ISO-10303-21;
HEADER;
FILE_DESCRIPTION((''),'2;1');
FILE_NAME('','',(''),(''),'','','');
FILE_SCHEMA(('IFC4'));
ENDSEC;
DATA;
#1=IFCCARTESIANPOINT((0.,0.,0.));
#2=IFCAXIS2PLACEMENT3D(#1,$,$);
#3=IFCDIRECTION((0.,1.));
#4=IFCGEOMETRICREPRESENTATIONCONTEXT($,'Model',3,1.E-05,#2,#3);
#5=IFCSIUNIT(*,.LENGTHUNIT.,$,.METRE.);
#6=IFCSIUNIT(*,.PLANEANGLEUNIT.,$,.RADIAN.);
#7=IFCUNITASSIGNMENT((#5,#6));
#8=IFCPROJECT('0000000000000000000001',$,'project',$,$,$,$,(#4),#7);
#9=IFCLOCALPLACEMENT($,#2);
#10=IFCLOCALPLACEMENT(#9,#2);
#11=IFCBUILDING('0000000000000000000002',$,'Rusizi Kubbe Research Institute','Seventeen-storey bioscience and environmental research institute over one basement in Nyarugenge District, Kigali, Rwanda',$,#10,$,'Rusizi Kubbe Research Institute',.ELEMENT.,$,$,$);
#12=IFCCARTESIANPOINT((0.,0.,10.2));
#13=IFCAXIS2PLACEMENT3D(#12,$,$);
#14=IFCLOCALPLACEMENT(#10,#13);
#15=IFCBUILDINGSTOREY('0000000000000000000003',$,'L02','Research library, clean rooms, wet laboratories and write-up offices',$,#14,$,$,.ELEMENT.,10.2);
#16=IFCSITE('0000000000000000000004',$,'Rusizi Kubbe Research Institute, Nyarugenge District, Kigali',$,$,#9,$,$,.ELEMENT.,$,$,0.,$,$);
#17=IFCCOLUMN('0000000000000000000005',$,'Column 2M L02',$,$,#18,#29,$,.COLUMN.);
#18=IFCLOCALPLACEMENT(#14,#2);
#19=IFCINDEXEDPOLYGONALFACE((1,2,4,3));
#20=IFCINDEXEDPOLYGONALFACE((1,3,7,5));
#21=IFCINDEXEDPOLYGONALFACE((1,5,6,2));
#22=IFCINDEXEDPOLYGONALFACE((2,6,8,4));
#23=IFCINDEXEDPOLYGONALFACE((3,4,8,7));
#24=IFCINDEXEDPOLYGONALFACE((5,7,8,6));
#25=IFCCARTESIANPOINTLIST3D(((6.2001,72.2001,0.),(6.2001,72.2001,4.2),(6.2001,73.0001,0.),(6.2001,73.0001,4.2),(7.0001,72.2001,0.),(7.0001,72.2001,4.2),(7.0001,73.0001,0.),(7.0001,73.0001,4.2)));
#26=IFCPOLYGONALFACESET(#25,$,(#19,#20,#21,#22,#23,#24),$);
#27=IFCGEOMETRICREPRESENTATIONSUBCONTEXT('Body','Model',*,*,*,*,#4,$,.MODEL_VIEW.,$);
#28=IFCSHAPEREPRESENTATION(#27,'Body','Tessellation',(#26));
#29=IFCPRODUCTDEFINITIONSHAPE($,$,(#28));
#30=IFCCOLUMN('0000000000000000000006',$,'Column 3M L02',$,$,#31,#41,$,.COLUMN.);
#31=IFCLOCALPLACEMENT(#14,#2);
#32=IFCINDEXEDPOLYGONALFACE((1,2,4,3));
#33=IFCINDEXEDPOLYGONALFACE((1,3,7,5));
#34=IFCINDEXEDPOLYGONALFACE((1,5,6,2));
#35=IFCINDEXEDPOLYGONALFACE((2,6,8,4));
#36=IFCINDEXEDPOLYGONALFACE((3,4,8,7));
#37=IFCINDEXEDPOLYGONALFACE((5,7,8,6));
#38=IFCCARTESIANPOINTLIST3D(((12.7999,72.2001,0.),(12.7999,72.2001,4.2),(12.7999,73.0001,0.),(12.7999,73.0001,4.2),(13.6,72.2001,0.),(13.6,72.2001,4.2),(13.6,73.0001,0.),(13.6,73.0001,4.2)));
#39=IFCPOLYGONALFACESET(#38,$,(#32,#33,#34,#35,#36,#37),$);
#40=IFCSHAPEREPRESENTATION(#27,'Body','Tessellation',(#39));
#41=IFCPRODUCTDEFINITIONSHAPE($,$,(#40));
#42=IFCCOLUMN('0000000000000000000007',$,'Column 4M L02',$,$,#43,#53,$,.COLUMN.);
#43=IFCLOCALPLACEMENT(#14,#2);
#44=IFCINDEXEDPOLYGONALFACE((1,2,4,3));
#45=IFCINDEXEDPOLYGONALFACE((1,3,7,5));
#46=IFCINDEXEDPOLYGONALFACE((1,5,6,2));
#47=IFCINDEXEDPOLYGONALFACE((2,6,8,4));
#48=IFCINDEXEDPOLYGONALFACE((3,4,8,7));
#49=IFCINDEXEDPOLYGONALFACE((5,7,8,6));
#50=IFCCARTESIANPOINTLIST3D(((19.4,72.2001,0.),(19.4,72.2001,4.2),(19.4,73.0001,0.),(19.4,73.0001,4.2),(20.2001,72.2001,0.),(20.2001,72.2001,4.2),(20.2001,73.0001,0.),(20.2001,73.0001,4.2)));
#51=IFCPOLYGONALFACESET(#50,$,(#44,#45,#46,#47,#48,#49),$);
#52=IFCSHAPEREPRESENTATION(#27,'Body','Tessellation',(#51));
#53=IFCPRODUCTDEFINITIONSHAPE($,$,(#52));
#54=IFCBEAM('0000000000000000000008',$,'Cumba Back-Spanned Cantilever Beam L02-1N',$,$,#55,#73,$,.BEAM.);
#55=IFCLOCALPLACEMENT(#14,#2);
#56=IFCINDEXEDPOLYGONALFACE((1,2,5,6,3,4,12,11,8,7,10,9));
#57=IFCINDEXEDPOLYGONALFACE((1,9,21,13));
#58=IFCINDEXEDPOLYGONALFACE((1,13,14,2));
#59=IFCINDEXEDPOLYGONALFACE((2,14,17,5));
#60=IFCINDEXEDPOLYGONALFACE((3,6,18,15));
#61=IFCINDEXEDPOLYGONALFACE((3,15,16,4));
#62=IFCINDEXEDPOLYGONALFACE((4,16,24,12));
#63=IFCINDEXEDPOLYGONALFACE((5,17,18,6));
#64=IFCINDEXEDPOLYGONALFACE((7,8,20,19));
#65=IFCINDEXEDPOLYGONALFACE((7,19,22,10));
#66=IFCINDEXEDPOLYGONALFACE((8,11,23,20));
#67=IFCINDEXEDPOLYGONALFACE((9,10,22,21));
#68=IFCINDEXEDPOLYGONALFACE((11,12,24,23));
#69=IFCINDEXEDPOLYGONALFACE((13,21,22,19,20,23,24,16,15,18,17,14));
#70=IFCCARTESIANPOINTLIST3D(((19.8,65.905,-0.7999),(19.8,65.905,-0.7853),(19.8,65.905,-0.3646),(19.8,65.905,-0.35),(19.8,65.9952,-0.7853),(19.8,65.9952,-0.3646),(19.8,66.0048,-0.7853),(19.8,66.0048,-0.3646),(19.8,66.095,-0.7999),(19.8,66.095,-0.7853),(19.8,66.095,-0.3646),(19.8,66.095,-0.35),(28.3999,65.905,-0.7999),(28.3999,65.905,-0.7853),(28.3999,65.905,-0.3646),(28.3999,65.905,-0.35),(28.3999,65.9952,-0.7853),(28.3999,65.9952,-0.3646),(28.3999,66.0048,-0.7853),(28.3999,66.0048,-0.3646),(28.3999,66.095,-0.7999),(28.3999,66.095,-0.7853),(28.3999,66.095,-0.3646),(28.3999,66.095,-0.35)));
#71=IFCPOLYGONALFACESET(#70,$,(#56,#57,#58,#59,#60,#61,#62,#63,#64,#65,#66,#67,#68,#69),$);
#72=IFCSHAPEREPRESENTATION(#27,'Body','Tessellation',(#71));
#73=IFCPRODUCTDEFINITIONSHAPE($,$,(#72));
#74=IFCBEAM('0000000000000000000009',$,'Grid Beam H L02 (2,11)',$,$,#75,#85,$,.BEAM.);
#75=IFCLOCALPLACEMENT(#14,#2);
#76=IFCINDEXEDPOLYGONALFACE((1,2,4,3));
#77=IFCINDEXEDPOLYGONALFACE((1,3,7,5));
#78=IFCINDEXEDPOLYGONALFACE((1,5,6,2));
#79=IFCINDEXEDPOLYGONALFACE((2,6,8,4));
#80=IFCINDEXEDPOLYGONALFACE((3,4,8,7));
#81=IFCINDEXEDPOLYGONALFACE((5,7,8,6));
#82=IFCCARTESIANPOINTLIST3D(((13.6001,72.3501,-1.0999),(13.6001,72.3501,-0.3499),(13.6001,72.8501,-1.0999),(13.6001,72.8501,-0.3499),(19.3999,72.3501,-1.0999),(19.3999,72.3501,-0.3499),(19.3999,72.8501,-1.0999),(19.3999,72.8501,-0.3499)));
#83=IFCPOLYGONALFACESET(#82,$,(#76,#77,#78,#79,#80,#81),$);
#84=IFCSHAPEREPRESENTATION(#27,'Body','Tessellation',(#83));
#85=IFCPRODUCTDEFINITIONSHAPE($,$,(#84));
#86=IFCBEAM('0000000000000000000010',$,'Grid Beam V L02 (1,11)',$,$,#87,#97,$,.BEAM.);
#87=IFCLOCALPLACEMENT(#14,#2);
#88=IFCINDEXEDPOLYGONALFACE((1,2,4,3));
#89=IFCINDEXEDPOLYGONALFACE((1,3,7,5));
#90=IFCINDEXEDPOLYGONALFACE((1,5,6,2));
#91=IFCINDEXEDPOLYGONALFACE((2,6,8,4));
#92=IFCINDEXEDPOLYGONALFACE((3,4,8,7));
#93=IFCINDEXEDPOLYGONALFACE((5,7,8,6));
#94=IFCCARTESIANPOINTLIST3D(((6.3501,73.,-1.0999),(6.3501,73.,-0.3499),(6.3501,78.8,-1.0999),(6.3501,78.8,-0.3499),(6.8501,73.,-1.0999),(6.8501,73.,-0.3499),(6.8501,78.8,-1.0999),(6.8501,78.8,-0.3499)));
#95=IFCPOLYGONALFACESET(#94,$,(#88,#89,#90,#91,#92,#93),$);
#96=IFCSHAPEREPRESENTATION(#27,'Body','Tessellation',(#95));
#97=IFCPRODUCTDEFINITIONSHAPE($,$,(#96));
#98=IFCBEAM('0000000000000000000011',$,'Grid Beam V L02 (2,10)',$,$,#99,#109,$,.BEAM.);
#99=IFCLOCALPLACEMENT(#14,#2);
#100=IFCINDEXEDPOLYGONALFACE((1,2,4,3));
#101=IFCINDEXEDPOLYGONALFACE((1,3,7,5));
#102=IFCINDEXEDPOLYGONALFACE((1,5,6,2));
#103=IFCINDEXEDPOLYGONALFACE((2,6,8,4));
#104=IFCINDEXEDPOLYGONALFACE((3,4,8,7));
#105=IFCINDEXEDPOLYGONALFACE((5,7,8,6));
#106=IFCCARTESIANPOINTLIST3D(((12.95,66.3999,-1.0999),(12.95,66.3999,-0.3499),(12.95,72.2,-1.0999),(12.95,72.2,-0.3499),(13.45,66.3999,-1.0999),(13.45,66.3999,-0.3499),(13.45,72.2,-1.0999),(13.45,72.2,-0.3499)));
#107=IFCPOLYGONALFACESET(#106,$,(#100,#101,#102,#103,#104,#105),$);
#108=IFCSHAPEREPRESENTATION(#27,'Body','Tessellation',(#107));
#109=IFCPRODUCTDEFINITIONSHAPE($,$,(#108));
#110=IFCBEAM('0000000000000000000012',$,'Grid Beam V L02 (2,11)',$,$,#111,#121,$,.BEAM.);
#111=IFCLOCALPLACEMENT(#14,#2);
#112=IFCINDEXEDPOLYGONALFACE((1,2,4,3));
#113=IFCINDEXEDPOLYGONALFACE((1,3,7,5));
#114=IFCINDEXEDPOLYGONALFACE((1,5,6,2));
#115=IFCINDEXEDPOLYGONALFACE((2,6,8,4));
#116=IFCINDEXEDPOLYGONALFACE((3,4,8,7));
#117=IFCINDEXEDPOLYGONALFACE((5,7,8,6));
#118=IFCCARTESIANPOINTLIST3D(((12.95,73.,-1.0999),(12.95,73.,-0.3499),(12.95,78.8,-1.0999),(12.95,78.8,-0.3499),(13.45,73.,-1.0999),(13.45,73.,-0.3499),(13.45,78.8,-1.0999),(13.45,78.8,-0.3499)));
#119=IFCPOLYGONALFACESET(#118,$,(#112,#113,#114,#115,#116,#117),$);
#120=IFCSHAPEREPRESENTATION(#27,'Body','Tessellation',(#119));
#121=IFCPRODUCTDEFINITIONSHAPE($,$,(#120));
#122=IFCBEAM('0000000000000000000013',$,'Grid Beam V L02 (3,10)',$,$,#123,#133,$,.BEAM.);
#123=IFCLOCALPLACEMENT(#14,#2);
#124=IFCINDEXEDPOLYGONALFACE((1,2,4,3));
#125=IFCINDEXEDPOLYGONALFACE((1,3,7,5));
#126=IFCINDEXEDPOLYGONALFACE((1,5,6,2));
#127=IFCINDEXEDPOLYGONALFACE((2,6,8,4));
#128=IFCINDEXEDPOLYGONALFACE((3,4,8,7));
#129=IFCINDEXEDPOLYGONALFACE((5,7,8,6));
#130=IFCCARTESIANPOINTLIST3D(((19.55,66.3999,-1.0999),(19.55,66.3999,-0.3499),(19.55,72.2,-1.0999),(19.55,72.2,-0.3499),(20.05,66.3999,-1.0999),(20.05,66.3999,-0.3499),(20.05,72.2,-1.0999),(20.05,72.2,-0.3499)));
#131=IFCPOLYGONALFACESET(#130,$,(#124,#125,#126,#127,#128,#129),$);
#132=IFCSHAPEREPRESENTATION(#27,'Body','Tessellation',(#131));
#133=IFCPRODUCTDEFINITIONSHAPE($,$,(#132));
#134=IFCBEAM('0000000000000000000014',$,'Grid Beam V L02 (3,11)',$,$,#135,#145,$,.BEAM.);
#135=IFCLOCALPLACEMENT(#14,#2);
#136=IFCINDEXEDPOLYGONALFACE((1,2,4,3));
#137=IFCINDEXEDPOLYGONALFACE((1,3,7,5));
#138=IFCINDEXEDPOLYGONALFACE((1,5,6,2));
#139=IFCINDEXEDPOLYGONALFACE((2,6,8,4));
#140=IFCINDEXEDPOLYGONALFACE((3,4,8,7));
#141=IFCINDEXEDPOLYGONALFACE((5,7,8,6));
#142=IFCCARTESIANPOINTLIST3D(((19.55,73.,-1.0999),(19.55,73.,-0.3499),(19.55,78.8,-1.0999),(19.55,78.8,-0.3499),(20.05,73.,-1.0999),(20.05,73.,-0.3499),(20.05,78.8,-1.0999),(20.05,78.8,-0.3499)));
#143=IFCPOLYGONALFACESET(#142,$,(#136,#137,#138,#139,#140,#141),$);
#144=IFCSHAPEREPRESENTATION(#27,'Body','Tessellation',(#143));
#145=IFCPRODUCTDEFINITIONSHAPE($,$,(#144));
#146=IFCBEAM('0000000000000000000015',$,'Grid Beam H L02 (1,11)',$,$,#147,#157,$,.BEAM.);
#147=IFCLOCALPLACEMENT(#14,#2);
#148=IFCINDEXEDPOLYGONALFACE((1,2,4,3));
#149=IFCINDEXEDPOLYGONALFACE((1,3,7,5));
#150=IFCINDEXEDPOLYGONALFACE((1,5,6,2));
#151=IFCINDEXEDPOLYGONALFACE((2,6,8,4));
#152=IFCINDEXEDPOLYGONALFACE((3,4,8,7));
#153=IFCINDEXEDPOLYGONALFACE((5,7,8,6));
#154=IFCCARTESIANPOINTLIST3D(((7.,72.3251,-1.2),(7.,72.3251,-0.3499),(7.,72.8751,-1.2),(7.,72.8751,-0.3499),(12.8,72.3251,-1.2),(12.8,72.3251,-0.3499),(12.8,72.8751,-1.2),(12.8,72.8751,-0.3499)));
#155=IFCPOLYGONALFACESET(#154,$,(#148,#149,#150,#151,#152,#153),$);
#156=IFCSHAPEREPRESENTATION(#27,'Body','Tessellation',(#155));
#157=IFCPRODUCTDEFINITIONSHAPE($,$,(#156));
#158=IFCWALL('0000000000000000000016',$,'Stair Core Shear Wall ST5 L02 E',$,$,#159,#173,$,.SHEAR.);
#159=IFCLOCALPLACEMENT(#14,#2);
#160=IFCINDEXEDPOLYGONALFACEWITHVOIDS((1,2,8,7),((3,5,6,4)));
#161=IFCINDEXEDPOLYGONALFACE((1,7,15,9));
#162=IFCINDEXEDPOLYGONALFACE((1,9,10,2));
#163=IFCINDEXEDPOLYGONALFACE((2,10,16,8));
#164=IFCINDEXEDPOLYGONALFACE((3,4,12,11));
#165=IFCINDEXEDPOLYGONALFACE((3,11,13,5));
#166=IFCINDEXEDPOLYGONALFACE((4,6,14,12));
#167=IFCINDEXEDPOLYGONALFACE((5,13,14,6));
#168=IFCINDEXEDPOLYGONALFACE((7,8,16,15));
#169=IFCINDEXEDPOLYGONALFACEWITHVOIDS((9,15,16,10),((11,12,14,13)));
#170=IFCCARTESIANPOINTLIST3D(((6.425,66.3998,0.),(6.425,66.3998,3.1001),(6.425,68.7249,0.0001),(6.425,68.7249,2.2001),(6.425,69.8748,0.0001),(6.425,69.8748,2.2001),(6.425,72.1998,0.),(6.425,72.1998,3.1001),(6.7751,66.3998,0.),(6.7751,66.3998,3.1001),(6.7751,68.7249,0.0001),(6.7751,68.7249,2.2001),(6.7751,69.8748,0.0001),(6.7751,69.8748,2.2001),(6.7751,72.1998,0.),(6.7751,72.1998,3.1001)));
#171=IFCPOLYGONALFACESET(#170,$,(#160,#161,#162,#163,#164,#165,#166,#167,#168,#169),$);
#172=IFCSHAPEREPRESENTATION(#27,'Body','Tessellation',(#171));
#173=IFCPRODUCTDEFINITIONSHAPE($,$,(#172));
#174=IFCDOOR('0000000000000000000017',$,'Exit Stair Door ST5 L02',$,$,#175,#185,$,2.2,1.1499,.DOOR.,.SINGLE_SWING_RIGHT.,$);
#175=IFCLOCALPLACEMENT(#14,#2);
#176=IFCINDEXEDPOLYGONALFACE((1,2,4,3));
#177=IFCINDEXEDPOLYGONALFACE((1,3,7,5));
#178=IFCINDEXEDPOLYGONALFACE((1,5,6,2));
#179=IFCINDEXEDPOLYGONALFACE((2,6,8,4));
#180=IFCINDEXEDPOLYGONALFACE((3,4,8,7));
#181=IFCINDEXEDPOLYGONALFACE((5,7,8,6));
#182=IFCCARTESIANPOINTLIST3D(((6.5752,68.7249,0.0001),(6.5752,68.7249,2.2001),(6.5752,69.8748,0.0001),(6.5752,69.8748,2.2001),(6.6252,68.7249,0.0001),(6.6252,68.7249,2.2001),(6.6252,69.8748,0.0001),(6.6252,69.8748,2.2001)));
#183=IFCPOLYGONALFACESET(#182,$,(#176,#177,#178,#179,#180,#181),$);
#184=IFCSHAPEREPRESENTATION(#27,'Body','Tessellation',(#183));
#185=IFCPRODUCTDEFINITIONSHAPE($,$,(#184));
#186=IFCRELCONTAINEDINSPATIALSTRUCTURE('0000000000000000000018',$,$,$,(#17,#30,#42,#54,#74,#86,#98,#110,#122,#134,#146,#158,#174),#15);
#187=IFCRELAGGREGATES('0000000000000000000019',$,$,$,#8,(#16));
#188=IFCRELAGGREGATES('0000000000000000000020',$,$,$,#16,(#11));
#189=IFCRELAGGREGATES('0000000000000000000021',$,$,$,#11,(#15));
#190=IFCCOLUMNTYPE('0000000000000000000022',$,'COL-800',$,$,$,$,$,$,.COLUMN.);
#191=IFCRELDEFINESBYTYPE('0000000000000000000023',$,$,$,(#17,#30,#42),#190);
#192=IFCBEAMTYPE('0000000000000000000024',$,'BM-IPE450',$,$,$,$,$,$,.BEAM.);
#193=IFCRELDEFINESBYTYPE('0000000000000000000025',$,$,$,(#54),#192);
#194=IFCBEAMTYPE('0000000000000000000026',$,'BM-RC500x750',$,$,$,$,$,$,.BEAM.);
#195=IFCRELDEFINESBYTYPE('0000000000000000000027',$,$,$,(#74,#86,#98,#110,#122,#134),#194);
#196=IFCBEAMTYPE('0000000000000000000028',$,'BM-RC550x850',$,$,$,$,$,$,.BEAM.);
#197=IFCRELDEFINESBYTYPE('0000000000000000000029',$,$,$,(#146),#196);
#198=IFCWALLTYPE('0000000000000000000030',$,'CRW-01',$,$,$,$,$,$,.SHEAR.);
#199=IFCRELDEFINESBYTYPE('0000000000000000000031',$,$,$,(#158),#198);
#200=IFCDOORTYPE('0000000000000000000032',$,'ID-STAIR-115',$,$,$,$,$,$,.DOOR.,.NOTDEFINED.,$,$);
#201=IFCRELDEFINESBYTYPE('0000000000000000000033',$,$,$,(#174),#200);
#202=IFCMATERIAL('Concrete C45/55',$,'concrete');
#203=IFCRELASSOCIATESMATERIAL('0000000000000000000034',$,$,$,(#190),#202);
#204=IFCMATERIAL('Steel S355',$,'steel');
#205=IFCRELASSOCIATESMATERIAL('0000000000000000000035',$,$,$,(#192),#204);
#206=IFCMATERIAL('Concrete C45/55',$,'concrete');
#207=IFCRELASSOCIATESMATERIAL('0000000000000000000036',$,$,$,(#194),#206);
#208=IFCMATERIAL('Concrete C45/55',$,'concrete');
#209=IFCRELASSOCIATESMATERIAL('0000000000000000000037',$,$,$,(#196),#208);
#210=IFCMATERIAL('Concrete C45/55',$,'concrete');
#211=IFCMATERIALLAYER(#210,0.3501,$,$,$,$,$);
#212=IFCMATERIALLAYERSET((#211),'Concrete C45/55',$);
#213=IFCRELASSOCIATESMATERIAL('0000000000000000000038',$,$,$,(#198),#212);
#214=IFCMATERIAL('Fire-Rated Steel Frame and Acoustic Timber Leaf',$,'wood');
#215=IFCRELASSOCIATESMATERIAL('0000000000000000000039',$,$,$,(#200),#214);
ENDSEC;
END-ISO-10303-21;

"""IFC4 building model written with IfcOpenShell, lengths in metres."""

from ifc_helpers import new_model, si_unit, direction, frame, frame_2d, origin, origin_2d, place, context, subcontext, project, spatial, rectangle, i_section, extrude, material, layer, layer_set, material_profile, profile_set, type_object, element, fill, save


model = new_model("IFC4")

# Units and contexts
model_context = context("Model", 3, precision=1e-05, world=origin(), true_north=direction((0.0, 1.0)))
body_context = subcontext(model_context, "Body", "Model", "MODEL_VIEW")
ifc_project = project(units=[si_unit("LENGTHUNIT", "METRE"), si_unit("PLANEANGLEUNIT", "RADIAN")], contexts=[model_context])

# Site, building, storey
site_placement = place(None, origin())
site = spatial("IfcSite", under=ifc_project, at=site_placement, Name="Rusizi Kubbe Research Institute, Nyarugenge District, Kigali", CompositionType="ELEMENT", RefElevation=0.0)
building_placement = place(site_placement, origin())
building = spatial("IfcBuilding", under=site, at=building_placement, Name="Rusizi Kubbe Research Institute", Description="Seventeen-storey bioscience and environmental research institute over one basement in Nyarugenge District, Kigali, Rwanda", LongName="Rusizi Kubbe Research Institute", CompositionType="ELEMENT")
storey_placement = place(building_placement, frame((0.0, 0.0, 10.2)))
storey = spatial("IfcBuildingStorey", under=building, at=storey_placement, Name="L02", Description="Research library, clean rooms, wet laboratories and write-up offices", CompositionType="ELEMENT", Elevation=10.2)

# Columns
ifc_material_1 = material(Name="Concrete C45/55", Category="concrete")
ifc_material_profile_1 = material_profile(ifc_material_1, rectangle(XDim=0.8, YDim=0.8, at=origin_2d()), Name="RC800x800")
ifc_profile_set_1 = profile_set([ifc_material_profile_1], Name="Concrete C45/55")
column_type = type_object("IfcColumnType", Name="COL-800", PredefinedType="COLUMN", material=ifc_profile_set_1)
for number, where, z_axis, x_axis, name in (
    (1, (6.6001, 72.6001, 0.0), (0.0, 0.0, 1.0), (1.0, 0.0, 0.0), "Column 2M L02"),
    (2, (13.2, 72.6001, 0.0), (0.0, 0.0, 1.0), (1.0, 0.0, 0.0), "Column 3M L02"),
    (3, (19.8, 72.6001, 0.0), (0.0, 0.0, 1.0), (1.0, 0.0, 0.0), "Column 4M L02"),
):
    element("IfcColumn", number, at=place(storey_placement, frame(where, z_axis=z_axis, x_axis=x_axis)), inside=storey, type_object=column_type, Name=name, PredefinedType="COLUMN", context=body_context, shape_type="SweptSolid", body=[
        extrude(rectangle(XDim=0.8, YDim=0.8, at=origin_2d()), origin(), (0.0, 0.0, 1.0), 4.2),
    ])

# Beams
ifc_material_2 = material(Name="Steel S355", Category="steel")
ifc_material_profile_2 = material_profile(ifc_material_2, i_section(OverallWidth=0.1899, OverallDepth=0.45, WebThickness=0.0095, FlangeThickness=0.0146, at=origin_2d()), Name="IPE 450")
ifc_profile_set_2 = profile_set([ifc_material_profile_2], Name="Steel S355")
beam_type_1 = type_object("IfcBeamType", Name="BM-IPE450", PredefinedType="BEAM", material=ifc_profile_set_2)
beam_1_placement = place(storey_placement, frame((19.8, 66.0, -0.575), z_axis=(1.0, 0.0, 0.0), x_axis=(0.0, 1.0, 0.0)))
element("IfcBeam", 4, at=beam_1_placement, inside=storey, type_object=beam_type_1, Name="Cumba Back-Spanned Cantilever Beam L02-1N", PredefinedType="BEAM", context=body_context, shape_type="SweptSolid", body=[
    extrude(i_section(OverallWidth=0.1899, OverallDepth=0.45, WebThickness=0.0095, FlangeThickness=0.0146, at=origin_2d()), origin(), (0.0, 0.0, 1.0), 8.5999),
])
ifc_material_3 = material(Name="Concrete C45/55", Category="concrete")
ifc_material_profile_3 = material_profile(ifc_material_3, rectangle(XDim=0.5, YDim=0.75, at=origin_2d()), Name="RC500x750B")
ifc_profile_set_3 = profile_set([ifc_material_profile_3], Name="Concrete C45/55")
beam_type_2 = type_object("IfcBeamType", Name="BM-RC500x750", PredefinedType="BEAM", material=ifc_profile_set_3)
beam_2_placement = place(storey_placement, frame((13.6001, 72.6001, -0.7249), z_axis=(1.0, 0.0, 0.0), x_axis=(0.0, 1.0, 0.0)))
element("IfcBeam", 5, at=beam_2_placement, inside=storey, type_object=beam_type_2, Name="Grid Beam H L02 (2,11)", PredefinedType="BEAM", context=body_context, shape_type="SweptSolid", body=[
    extrude(rectangle(XDim=0.5, YDim=0.75, at=origin_2d()), origin(), (0.0, 0.0, 1.0), 5.7998),
])
for number, where, z_axis, x_axis, name in (
    (6, (6.6001, 73.0, -0.7249), (0.0, 1.0, 0.0), (-1.0, 0.0, 0.0), "Grid Beam V L02 (1,11)"),
    (7, (13.2, 66.3999, -0.7249), (0.0, 1.0, 0.0), (-1.0, 0.0, 0.0), "Grid Beam V L02 (2,10)"),
    (8, (13.2, 73.0, -0.7249), (0.0, 1.0, 0.0), (-1.0, 0.0, 0.0), "Grid Beam V L02 (2,11)"),
    (9, (19.8, 66.3999, -0.7249), (0.0, 1.0, 0.0), (-1.0, 0.0, 0.0), "Grid Beam V L02 (3,10)"),
    (10, (19.8, 73.0, -0.7249), (0.0, 1.0, 0.0), (-1.0, 0.0, 0.0), "Grid Beam V L02 (3,11)"),
):
    element("IfcBeam", number, at=place(storey_placement, frame(where, z_axis=z_axis, x_axis=x_axis)), inside=storey, type_object=beam_type_2, Name=name, PredefinedType="BEAM", context=body_context, shape_type="SweptSolid", body=[
        extrude(rectangle(XDim=0.5, YDim=0.75, at=origin_2d()), origin(), (0.0, 0.0, 1.0), 5.8),
    ])
ifc_material_4 = material(Name="Concrete C45/55", Category="concrete")
ifc_material_profile_4 = material_profile(ifc_material_4, rectangle(XDim=0.55, YDim=0.8501, at=origin_2d()), Name="RC550x850")
ifc_profile_set_4 = profile_set([ifc_material_profile_4], Name="Concrete C45/55")
beam_type_3 = type_object("IfcBeamType", Name="BM-RC550x850", PredefinedType="BEAM", material=ifc_profile_set_4)
beam_3_placement = place(storey_placement, frame((7.0, 72.6001, -0.7749), z_axis=(1.0, 0.0, 0.0), x_axis=(0.0, 1.0, 0.0)))
element("IfcBeam", 11, at=beam_3_placement, inside=storey, type_object=beam_type_3, Name="Grid Beam H L02 (1,11)", PredefinedType="BEAM", context=body_context, shape_type="SweptSolid", body=[
    extrude(rectangle(XDim=0.55, YDim=0.8501, at=origin_2d()), origin(), (0.0, 0.0, 1.0), 5.8),
])

# Wall, opening, door
ifc_material_5 = material(Name="Concrete C45/55", Category="concrete")
ifc_layer_1 = layer(ifc_material_5, 0.3501)
ifc_layer_set_1 = layer_set([ifc_layer_1], Name="Concrete C45/55")
wall_type_1 = type_object("IfcWallType", Name="CRW-01", PredefinedType="SHEAR", material=ifc_layer_set_1)
wall_1_placement = place(storey_placement, frame((6.6001, 66.3999, 0.0), z_axis=(0.0, 0.0, 1.0), x_axis=(0.0, 1.0, 0.0)))
wall_1 = element("IfcWall", 12, at=wall_1_placement, inside=storey, type_object=wall_type_1, Name="Stair Core Shear Wall ST5 L02 E", PredefinedType="SHEAR", context=body_context, shape_type="SweptSolid", body=[
    extrude(rectangle(XDim=5.8, YDim=0.3501, at=frame_2d((2.8999, 0.0))), origin(), (0.0, 0.0, 1.0), 3.1001),
])
opening_1_placement = place(wall_1_placement, frame((2.325, 0.0, 0.0)))
opening_1 = element("IfcOpeningElement", 13, at=opening_1_placement, cuts=wall_1, PredefinedType="OPENING", context=body_context, shape_type="SweptSolid", body=[
    extrude(rectangle(XDim=1.1499, YDim=2.2, at=frame_2d((0.575, 1.1001))), frame((0.0, 0.1851, 0.0), z_axis=(0.0, -1.0, 0.0), x_axis=(1.0, 0.0, 0.0)), (0.0, 0.0, 1.0), 0.3701),
])
ifc_material_6 = material(Name="Fire-Rated Steel Frame and Acoustic Timber Leaf", Category="wood")
door_type_1 = type_object("IfcDoorType", Name="ID-STAIR-115", OperationType="NOTDEFINED", PredefinedType="DOOR", material=ifc_material_6)
door_1_placement = place(opening_1_placement, origin())
door_1 = element("IfcDoor", 14, at=door_1_placement, inside=storey, type_object=door_type_1, Name="Exit Stair Door ST5 L02", OperationType="SINGLE_SWING_RIGHT", OverallHeight=2.2, OverallWidth=1.1499, PredefinedType="DOOR", context=body_context, shape_type="SweptSolid", body=[
    extrude(rectangle(XDim=1.1499, YDim=2.2, at=frame_2d((0.575, 1.1001))), frame((0.0, 0.0249, 0.0), z_axis=(0.0, -1.0, 0.0), x_axis=(1.0, 0.0, 0.0)), (0.0, 0.0, 1.0), 0.05),
])
fill(opening_1, door_1)

save(model, "model.ifc")
